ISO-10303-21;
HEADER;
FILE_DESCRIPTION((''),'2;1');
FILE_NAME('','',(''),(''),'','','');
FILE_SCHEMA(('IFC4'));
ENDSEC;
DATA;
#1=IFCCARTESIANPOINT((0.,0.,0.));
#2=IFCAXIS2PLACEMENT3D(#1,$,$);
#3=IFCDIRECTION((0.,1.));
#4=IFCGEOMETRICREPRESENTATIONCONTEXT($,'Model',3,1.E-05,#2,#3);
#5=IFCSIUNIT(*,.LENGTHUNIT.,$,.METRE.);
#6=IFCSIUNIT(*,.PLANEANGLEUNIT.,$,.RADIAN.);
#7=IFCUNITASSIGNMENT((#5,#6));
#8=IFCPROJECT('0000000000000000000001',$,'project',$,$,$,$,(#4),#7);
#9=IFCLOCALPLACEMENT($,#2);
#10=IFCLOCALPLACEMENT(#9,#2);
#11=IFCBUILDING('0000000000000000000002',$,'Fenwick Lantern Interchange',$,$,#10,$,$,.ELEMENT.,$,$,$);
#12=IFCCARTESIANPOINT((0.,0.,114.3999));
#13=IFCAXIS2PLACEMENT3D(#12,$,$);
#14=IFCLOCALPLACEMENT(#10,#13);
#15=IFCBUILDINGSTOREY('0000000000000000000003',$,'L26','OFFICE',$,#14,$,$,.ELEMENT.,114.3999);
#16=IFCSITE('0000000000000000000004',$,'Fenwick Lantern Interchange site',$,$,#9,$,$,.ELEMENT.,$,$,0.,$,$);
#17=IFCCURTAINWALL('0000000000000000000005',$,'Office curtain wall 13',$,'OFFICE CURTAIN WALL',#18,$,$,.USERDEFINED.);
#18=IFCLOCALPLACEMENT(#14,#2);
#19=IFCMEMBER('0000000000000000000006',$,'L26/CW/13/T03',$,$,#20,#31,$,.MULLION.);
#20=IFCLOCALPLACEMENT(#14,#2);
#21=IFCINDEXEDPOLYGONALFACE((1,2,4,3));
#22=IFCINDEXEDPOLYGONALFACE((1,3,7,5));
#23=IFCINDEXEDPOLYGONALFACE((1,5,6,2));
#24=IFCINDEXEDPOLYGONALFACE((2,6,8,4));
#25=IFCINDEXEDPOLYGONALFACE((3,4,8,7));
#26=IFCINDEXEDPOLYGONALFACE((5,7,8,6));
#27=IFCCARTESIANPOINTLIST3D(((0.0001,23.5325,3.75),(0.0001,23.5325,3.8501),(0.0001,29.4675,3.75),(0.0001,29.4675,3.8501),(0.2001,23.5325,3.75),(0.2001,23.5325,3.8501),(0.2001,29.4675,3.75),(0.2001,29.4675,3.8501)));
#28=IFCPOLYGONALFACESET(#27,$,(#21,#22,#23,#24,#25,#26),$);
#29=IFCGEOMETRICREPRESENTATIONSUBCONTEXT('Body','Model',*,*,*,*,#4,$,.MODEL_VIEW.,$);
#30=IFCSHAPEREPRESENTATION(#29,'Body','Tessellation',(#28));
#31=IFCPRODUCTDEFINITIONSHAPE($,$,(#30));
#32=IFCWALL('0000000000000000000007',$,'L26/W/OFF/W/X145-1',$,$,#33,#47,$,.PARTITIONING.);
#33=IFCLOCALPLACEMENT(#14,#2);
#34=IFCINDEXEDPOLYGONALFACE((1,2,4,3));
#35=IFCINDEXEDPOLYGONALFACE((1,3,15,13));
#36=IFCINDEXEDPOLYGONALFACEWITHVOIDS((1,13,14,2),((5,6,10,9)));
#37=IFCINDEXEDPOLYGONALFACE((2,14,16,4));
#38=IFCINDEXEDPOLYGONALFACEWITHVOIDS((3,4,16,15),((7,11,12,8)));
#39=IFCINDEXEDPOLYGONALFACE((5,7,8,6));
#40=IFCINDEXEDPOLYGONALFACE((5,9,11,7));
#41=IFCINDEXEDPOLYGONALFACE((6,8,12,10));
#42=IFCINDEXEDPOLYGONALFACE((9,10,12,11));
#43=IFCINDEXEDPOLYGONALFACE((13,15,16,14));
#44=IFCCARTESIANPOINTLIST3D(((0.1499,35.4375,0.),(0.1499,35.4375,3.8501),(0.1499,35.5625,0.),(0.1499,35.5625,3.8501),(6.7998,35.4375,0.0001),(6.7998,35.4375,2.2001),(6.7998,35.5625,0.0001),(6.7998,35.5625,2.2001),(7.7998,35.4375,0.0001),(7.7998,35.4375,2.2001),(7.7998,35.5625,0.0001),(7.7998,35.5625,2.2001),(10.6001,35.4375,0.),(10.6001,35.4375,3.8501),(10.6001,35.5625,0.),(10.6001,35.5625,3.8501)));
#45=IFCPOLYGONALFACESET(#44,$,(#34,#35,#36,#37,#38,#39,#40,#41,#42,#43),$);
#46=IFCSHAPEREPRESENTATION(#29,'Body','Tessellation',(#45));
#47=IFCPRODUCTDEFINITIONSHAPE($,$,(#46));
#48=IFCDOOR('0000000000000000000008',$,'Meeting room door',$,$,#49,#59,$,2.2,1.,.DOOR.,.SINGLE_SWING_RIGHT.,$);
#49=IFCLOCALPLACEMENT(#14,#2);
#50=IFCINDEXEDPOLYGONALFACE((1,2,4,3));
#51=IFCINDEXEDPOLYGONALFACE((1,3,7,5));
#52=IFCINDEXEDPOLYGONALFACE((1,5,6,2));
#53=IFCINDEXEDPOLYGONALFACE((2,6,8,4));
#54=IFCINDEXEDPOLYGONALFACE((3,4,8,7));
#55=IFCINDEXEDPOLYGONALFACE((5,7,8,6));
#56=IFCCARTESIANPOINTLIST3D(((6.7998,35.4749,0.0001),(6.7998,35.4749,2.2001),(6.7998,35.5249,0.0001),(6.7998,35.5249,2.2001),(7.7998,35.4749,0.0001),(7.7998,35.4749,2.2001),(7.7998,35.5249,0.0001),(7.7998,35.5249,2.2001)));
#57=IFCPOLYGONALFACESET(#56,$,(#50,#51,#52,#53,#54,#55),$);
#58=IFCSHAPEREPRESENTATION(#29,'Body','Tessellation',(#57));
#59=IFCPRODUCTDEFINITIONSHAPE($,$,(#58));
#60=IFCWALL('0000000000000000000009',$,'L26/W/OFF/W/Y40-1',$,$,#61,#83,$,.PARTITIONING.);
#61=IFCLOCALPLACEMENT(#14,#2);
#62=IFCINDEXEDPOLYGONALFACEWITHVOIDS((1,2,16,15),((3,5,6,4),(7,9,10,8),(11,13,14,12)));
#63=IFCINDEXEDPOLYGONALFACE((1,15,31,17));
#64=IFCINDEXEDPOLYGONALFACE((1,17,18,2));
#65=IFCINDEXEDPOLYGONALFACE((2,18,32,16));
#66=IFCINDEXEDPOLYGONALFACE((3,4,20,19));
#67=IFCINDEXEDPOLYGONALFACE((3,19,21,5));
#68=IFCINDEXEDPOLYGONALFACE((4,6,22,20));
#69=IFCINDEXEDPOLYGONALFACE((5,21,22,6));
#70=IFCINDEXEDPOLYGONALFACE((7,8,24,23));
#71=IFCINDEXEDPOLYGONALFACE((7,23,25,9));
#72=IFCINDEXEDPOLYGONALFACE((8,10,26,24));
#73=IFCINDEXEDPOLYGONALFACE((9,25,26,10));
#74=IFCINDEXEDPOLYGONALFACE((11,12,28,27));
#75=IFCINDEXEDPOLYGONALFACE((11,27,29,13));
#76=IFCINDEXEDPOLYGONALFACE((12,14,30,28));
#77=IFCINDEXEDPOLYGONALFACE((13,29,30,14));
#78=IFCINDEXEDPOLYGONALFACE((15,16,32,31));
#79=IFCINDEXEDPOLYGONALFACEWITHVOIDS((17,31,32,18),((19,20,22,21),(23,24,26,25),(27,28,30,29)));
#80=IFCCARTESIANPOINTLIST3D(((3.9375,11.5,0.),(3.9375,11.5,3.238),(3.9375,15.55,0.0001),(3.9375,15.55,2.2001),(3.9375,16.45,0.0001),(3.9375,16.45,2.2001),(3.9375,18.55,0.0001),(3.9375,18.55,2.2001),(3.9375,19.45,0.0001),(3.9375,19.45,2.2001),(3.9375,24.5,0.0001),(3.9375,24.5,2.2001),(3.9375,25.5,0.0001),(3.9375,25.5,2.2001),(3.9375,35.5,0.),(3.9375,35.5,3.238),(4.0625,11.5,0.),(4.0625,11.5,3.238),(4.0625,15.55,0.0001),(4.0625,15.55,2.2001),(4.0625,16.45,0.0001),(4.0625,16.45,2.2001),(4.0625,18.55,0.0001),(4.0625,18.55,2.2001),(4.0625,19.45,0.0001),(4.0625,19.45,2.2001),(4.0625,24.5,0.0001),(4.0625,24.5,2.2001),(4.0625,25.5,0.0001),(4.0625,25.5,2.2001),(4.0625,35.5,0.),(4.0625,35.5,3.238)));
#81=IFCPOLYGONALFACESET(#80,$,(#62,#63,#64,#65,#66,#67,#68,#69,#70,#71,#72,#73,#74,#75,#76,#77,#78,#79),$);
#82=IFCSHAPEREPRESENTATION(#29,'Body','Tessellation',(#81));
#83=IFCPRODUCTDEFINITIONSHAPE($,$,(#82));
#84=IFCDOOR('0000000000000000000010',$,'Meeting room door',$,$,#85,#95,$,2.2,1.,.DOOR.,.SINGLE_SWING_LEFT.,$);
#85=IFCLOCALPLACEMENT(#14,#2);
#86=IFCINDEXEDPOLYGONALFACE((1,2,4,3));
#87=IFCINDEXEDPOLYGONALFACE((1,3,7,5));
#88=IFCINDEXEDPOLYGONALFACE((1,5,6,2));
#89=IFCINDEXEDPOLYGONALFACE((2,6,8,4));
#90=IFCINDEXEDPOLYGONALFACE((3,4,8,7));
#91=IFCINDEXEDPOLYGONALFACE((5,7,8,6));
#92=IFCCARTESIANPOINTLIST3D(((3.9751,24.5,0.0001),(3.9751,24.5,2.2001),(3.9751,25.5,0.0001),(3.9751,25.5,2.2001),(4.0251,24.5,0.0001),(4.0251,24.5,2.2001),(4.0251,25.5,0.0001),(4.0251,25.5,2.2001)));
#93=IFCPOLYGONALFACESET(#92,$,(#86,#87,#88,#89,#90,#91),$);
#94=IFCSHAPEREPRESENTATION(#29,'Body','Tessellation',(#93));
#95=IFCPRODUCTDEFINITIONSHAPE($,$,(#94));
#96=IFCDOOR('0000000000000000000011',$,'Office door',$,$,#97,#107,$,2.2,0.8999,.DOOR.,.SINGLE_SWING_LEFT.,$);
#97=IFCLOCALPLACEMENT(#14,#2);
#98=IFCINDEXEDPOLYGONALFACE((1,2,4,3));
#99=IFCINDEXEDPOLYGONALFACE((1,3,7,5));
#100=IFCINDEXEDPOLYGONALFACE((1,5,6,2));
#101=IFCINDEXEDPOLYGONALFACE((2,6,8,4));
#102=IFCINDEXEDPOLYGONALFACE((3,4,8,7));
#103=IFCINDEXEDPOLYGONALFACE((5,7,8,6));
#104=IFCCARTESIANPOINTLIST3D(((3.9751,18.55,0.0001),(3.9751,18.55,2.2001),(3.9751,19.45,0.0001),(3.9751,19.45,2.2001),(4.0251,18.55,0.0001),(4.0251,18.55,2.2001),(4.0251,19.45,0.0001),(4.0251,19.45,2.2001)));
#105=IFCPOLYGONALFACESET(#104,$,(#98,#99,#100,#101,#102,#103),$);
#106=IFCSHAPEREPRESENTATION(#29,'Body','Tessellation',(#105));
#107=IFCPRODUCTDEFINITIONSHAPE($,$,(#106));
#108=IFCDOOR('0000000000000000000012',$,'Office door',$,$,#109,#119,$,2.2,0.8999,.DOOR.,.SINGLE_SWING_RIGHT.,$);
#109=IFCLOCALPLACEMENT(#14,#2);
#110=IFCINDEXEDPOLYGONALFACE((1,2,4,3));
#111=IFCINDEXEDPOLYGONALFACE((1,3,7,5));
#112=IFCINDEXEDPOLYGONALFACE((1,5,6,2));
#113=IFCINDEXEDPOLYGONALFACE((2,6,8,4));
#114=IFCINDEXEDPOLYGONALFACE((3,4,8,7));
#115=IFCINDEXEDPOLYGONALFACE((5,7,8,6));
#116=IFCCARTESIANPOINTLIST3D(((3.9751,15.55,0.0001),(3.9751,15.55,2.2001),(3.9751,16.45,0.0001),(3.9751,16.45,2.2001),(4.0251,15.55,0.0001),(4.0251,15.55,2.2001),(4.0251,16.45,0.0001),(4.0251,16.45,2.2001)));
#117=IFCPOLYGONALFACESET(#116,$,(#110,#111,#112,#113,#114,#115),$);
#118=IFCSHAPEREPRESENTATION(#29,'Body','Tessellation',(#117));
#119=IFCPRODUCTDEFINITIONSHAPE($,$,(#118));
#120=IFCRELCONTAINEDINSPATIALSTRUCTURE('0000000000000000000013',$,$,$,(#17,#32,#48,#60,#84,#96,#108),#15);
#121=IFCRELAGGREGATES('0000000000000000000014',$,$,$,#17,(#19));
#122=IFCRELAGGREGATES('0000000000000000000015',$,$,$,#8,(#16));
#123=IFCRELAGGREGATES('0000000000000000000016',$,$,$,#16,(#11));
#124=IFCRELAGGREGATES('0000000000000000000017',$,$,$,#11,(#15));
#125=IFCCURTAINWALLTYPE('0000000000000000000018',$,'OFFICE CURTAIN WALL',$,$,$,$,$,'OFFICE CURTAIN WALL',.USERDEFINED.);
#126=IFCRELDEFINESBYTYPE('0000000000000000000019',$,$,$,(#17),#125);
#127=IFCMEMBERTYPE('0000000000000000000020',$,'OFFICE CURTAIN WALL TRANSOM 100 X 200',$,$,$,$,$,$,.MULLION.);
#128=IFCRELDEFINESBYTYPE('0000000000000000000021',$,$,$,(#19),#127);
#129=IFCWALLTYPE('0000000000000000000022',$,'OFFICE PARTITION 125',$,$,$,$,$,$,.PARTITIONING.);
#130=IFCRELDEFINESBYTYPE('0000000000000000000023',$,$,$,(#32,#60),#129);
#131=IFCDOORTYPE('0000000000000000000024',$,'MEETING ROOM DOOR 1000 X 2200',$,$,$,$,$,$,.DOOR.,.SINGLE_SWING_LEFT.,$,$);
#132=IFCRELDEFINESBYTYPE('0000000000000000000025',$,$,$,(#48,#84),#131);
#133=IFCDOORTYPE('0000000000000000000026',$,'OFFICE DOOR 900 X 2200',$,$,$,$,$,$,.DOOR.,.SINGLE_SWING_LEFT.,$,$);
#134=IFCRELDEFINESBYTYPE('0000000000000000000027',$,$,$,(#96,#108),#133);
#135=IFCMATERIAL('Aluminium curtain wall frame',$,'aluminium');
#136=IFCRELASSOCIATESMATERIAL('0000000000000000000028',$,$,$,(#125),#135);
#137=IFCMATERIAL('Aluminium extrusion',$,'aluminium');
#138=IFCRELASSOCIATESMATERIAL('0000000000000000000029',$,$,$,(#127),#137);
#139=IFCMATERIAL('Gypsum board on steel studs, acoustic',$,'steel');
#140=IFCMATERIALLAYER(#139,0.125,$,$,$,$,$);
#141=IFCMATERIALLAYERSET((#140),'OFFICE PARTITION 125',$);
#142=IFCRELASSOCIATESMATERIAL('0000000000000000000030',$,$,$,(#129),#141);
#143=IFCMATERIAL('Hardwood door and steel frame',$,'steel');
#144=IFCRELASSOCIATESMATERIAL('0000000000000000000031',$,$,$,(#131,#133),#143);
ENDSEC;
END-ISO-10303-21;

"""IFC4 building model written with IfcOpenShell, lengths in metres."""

from ifc_helpers import new_model, si_unit, direction, frame, frame_2d, origin, origin_2d, place, context, subcontext, project, spatial, rectangle, extrude, material, layer, layer_set, material_profile, profile_set, type_object, element, fill, aggregate, save


model = new_model("IFC4")

# Units and contexts
model_context = context("Model", 3, precision=1e-05, world=origin(), true_north=direction((0.0, 1.0)))
body_context = subcontext(model_context, "Body", "Model", "MODEL_VIEW")
ifc_project = project(units=[si_unit("LENGTHUNIT", "METRE"), si_unit("PLANEANGLEUNIT", "RADIAN")], contexts=[model_context])

# Site, building, storey
site_placement = place(None, origin())
site = spatial("IfcSite", under=ifc_project, at=site_placement, Name="Fenwick Lantern Interchange site", CompositionType="ELEMENT", RefElevation=0.0)
building_placement = place(site_placement, origin())
building = spatial("IfcBuilding", under=site, at=building_placement, Name="Fenwick Lantern Interchange", CompositionType="ELEMENT")
storey_placement = place(building_placement, frame((0.0, 0.0, 114.3999)))
storey = spatial("IfcBuildingStorey", under=building, at=storey_placement, Name="L26", Description="OFFICE", CompositionType="ELEMENT", Elevation=114.3999)

# Curtain wall, member
ifc_material_1 = material(Name="Aluminium curtain wall frame", Category="aluminium")
curtain_wall_type = type_object("IfcCurtainWallType", Name="OFFICE CURTAIN WALL", ElementType="OFFICE CURTAIN WALL", PredefinedType="USERDEFINED", material=ifc_material_1)
curtain_wall_placement = place(storey_placement, origin())
curtain_wall = element("IfcCurtainWall", 1, at=curtain_wall_placement, inside=storey, type_object=curtain_wall_type, Name="Office curtain wall 13", ObjectType="OFFICE CURTAIN WALL", PredefinedType="USERDEFINED")
ifc_material_2 = material(Name="Aluminium extrusion", Category="aluminium")
ifc_material_profile_1 = material_profile(ifc_material_2, rectangle(XDim=0.2, YDim=0.1001, at=origin_2d()), Name="OFFICE CURTAIN WALL TRANSOM 100 X 200")
ifc_profile_set_1 = profile_set([ifc_material_profile_1], Name="Aluminium extrusion")
member_type_1 = type_object("IfcMemberType", Name="OFFICE CURTAIN WALL TRANSOM 100 X 200", PredefinedType="MULLION", material=ifc_profile_set_1)
member_1_placement = place(storey_placement, frame((0.1001, 29.4675, 3.8), z_axis=(0.0, -1.0, 0.0), x_axis=(1.0, 0.0, 0.0)))
member_1 = element("IfcMember", 2, at=member_1_placement, type_object=member_type_1, Name="L26/CW/13/T03", PredefinedType="MULLION", context=body_context, shape_type="SweptSolid", body=[
    extrude(rectangle(XDim=0.2, YDim=0.1001, at=origin_2d()), origin(), (0.0, 0.0, 1.0), 5.9351),
])
aggregate(curtain_wall, [member_1])

# Wall, opening, door
ifc_material_3 = material(Name="Gypsum board on steel studs, acoustic", Category="steel")
ifc_layer = layer(ifc_material_3, 0.125)
ifc_layer_set = layer_set([ifc_layer], Name="OFFICE PARTITION 125")
wall_type = type_object("IfcWallType", Name="OFFICE PARTITION 125", PredefinedType="PARTITIONING", material=ifc_layer_set)
wall_1_placement = place(storey_placement, frame((0.1499, 35.5, 0.0), z_axis=(0.0, 0.0, 1.0), x_axis=(1.0, 0.0, 0.0)))
wall_1 = element("IfcWall", 3, at=wall_1_placement, inside=storey, type_object=wall_type, Name="L26/W/OFF/W/X145-1", PredefinedType="PARTITIONING", context=body_context, shape_type="SweptSolid", body=[
    extrude(rectangle(XDim=10.4502, YDim=0.125, at=frame_2d((5.2251, 0.0))), origin(), (0.0, 0.0, 1.0), 3.8501),
])
opening_1_placement = place(wall_1_placement, frame((6.6499, 0.0, 0.0)))
opening_1 = element("IfcOpeningElement", 4, at=opening_1_placement, cuts=wall_1, PredefinedType="OPENING", context=body_context, shape_type="SweptSolid", body=[
    extrude(rectangle(XDim=1.0, YDim=2.2, at=frame_2d((0.5, 1.1001))), frame((0.0, 0.0725, 0.0), z_axis=(0.0, -1.0, 0.0), x_axis=(1.0, 0.0, 0.0)), (0.0, 0.0, 1.0), 0.145),
])
ifc_material_4 = material(Name="Hardwood door and steel frame", Category="steel")
door_type_1 = type_object("IfcDoorType", Name="MEETING ROOM DOOR 1000 X 2200", OperationType="SINGLE_SWING_LEFT", PredefinedType="DOOR", material=ifc_material_4)
door_1_placement = place(opening_1_placement, origin())
door_1 = element("IfcDoor", 5, at=door_1_placement, inside=storey, type_object=door_type_1, Name="Meeting room door", OperationType="SINGLE_SWING_RIGHT", OverallHeight=2.2, OverallWidth=1.0, PredefinedType="DOOR", context=body_context, shape_type="SweptSolid", body=[
    extrude(rectangle(XDim=1.0, YDim=2.2, at=frame_2d((0.5, 1.1001))), frame((0.0, 0.0249, 0.0), z_axis=(0.0, -1.0, 0.0), x_axis=(1.0, 0.0, 0.0)), (0.0, 0.0, 1.0), 0.05),
])
fill(opening_1, door_1)

# Wall, openings, doors
wall_2_placement = place(storey_placement, frame((4.0, 35.5, 0.0), z_axis=(0.0, 0.0, 1.0), x_axis=(0.0, -1.0, 0.0)))
wall_2 = element("IfcWall", 6, at=wall_2_placement, inside=storey, type_object=wall_type, Name="L26/W/OFF/W/Y40-1", PredefinedType="PARTITIONING", context=body_context, shape_type="SweptSolid", body=[
    extrude(rectangle(XDim=24.0, YDim=0.125, at=frame_2d((12.0, 0.0))), origin(), (0.0, 0.0, 1.0), 3.238),
])
opening_2_placement = place(wall_2_placement, frame((10.0, 0.0, 0.0)))
opening_2 = element("IfcOpeningElement", 7, at=opening_2_placement, cuts=wall_2, PredefinedType="OPENING", context=body_context, shape_type="SweptSolid", body=[
    extrude(rectangle(XDim=1.0, YDim=2.2, at=frame_2d((0.5, 1.1001))), frame((0.0, 0.0725, 0.0), z_axis=(0.0, -1.0, 0.0), x_axis=(1.0, 0.0, 0.0)), (0.0, 0.0, 1.0), 0.145),
])
opening_3_placement = place(wall_2_placement, frame((16.05, 0.0, 0.0)))
opening_3 = element("IfcOpeningElement", 8, at=opening_3_placement, cuts=wall_2, PredefinedType="OPENING", context=body_context, shape_type="SweptSolid", body=[
    extrude(rectangle(XDim=0.8999, YDim=2.2, at=frame_2d((0.45, 1.1001))), frame((0.0, 0.0725, 0.0), z_axis=(0.0, -1.0, 0.0), x_axis=(1.0, 0.0, 0.0)), (0.0, 0.0, 1.0), 0.145),
])
opening_4_placement = place(wall_2_placement, frame((19.05, 0.0, 0.0)))
opening_4 = element("IfcOpeningElement", 9, at=opening_4_placement, cuts=wall_2, PredefinedType="OPENING", context=body_context, shape_type="SweptSolid", body=[
    extrude(rectangle(XDim=0.8999, YDim=2.2, at=frame_2d((0.45, 1.1001))), frame((0.0, 0.0725, 0.0), z_axis=(0.0, -1.0, 0.0), x_axis=(1.0, 0.0, 0.0)), (0.0, 0.0, 1.0), 0.145),
])
door_2_placement = place(opening_2_placement, frame((1.0, 0.0, 0.0), z_axis=(0.0, 0.0, 1.0), x_axis=(-1.0, 0.0, 0.0)))
door_2 = element("IfcDoor", 10, at=door_2_placement, inside=storey, type_object=door_type_1, Name="Meeting room door", OperationType="SINGLE_SWING_LEFT", OverallHeight=2.2, OverallWidth=1.0, PredefinedType="DOOR", context=body_context, shape_type="SweptSolid", body=[
    extrude(rectangle(XDim=1.0, YDim=2.2, at=frame_2d((0.5, 1.1001))), frame((0.0, 0.0249, 0.0), z_axis=(0.0, -1.0, 0.0), x_axis=(1.0, 0.0, 0.0)), (0.0, 0.0, 1.0), 0.05),
])
fill(opening_2, door_2)
door_type_2 = type_object("IfcDoorType", Name="OFFICE DOOR 900 X 2200", OperationType="SINGLE_SWING_LEFT", PredefinedType="DOOR", material=ifc_material_4)
door_3_placement = place(opening_3_placement, frame((0.8999, 0.0, 0.0), z_axis=(0.0, 0.0, 1.0), x_axis=(-1.0, 0.0, 0.0)))
door_3 = element("IfcDoor", 11, at=door_3_placement, inside=storey, type_object=door_type_2, Name="Office door", OperationType="SINGLE_SWING_LEFT", OverallHeight=2.2, OverallWidth=0.8999, PredefinedType="DOOR", context=body_context, shape_type="SweptSolid", body=[
    extrude(rectangle(XDim=0.8999, YDim=2.2, at=frame_2d((0.45, 1.1001))), frame((0.0, 0.0249, 0.0), z_axis=(0.0, -1.0, 0.0), x_axis=(1.0, 0.0, 0.0)), (0.0, 0.0, 1.0), 0.05),
])
fill(opening_3, door_3)
door_4_placement = place(opening_4_placement, frame((0.8999, 0.0, 0.0), z_axis=(0.0, 0.0, 1.0), x_axis=(-1.0, 0.0, 0.0)))
door_4 = element("IfcDoor", 12, at=door_4_placement, inside=storey, type_object=door_type_2, Name="Office door", OperationType="SINGLE_SWING_RIGHT", OverallHeight=2.2, OverallWidth=0.8999, PredefinedType="DOOR", context=body_context, shape_type="SweptSolid", body=[
    extrude(rectangle(XDim=0.8999, YDim=2.2, at=frame_2d((0.45, 1.1001))), frame((0.0, 0.0249, 0.0), z_axis=(0.0, -1.0, 0.0), x_axis=(1.0, 0.0, 0.0)), (0.0, 0.0, 1.0), 0.05),
])
fill(opening_4, door_4)

save(model, "model.ifc")
